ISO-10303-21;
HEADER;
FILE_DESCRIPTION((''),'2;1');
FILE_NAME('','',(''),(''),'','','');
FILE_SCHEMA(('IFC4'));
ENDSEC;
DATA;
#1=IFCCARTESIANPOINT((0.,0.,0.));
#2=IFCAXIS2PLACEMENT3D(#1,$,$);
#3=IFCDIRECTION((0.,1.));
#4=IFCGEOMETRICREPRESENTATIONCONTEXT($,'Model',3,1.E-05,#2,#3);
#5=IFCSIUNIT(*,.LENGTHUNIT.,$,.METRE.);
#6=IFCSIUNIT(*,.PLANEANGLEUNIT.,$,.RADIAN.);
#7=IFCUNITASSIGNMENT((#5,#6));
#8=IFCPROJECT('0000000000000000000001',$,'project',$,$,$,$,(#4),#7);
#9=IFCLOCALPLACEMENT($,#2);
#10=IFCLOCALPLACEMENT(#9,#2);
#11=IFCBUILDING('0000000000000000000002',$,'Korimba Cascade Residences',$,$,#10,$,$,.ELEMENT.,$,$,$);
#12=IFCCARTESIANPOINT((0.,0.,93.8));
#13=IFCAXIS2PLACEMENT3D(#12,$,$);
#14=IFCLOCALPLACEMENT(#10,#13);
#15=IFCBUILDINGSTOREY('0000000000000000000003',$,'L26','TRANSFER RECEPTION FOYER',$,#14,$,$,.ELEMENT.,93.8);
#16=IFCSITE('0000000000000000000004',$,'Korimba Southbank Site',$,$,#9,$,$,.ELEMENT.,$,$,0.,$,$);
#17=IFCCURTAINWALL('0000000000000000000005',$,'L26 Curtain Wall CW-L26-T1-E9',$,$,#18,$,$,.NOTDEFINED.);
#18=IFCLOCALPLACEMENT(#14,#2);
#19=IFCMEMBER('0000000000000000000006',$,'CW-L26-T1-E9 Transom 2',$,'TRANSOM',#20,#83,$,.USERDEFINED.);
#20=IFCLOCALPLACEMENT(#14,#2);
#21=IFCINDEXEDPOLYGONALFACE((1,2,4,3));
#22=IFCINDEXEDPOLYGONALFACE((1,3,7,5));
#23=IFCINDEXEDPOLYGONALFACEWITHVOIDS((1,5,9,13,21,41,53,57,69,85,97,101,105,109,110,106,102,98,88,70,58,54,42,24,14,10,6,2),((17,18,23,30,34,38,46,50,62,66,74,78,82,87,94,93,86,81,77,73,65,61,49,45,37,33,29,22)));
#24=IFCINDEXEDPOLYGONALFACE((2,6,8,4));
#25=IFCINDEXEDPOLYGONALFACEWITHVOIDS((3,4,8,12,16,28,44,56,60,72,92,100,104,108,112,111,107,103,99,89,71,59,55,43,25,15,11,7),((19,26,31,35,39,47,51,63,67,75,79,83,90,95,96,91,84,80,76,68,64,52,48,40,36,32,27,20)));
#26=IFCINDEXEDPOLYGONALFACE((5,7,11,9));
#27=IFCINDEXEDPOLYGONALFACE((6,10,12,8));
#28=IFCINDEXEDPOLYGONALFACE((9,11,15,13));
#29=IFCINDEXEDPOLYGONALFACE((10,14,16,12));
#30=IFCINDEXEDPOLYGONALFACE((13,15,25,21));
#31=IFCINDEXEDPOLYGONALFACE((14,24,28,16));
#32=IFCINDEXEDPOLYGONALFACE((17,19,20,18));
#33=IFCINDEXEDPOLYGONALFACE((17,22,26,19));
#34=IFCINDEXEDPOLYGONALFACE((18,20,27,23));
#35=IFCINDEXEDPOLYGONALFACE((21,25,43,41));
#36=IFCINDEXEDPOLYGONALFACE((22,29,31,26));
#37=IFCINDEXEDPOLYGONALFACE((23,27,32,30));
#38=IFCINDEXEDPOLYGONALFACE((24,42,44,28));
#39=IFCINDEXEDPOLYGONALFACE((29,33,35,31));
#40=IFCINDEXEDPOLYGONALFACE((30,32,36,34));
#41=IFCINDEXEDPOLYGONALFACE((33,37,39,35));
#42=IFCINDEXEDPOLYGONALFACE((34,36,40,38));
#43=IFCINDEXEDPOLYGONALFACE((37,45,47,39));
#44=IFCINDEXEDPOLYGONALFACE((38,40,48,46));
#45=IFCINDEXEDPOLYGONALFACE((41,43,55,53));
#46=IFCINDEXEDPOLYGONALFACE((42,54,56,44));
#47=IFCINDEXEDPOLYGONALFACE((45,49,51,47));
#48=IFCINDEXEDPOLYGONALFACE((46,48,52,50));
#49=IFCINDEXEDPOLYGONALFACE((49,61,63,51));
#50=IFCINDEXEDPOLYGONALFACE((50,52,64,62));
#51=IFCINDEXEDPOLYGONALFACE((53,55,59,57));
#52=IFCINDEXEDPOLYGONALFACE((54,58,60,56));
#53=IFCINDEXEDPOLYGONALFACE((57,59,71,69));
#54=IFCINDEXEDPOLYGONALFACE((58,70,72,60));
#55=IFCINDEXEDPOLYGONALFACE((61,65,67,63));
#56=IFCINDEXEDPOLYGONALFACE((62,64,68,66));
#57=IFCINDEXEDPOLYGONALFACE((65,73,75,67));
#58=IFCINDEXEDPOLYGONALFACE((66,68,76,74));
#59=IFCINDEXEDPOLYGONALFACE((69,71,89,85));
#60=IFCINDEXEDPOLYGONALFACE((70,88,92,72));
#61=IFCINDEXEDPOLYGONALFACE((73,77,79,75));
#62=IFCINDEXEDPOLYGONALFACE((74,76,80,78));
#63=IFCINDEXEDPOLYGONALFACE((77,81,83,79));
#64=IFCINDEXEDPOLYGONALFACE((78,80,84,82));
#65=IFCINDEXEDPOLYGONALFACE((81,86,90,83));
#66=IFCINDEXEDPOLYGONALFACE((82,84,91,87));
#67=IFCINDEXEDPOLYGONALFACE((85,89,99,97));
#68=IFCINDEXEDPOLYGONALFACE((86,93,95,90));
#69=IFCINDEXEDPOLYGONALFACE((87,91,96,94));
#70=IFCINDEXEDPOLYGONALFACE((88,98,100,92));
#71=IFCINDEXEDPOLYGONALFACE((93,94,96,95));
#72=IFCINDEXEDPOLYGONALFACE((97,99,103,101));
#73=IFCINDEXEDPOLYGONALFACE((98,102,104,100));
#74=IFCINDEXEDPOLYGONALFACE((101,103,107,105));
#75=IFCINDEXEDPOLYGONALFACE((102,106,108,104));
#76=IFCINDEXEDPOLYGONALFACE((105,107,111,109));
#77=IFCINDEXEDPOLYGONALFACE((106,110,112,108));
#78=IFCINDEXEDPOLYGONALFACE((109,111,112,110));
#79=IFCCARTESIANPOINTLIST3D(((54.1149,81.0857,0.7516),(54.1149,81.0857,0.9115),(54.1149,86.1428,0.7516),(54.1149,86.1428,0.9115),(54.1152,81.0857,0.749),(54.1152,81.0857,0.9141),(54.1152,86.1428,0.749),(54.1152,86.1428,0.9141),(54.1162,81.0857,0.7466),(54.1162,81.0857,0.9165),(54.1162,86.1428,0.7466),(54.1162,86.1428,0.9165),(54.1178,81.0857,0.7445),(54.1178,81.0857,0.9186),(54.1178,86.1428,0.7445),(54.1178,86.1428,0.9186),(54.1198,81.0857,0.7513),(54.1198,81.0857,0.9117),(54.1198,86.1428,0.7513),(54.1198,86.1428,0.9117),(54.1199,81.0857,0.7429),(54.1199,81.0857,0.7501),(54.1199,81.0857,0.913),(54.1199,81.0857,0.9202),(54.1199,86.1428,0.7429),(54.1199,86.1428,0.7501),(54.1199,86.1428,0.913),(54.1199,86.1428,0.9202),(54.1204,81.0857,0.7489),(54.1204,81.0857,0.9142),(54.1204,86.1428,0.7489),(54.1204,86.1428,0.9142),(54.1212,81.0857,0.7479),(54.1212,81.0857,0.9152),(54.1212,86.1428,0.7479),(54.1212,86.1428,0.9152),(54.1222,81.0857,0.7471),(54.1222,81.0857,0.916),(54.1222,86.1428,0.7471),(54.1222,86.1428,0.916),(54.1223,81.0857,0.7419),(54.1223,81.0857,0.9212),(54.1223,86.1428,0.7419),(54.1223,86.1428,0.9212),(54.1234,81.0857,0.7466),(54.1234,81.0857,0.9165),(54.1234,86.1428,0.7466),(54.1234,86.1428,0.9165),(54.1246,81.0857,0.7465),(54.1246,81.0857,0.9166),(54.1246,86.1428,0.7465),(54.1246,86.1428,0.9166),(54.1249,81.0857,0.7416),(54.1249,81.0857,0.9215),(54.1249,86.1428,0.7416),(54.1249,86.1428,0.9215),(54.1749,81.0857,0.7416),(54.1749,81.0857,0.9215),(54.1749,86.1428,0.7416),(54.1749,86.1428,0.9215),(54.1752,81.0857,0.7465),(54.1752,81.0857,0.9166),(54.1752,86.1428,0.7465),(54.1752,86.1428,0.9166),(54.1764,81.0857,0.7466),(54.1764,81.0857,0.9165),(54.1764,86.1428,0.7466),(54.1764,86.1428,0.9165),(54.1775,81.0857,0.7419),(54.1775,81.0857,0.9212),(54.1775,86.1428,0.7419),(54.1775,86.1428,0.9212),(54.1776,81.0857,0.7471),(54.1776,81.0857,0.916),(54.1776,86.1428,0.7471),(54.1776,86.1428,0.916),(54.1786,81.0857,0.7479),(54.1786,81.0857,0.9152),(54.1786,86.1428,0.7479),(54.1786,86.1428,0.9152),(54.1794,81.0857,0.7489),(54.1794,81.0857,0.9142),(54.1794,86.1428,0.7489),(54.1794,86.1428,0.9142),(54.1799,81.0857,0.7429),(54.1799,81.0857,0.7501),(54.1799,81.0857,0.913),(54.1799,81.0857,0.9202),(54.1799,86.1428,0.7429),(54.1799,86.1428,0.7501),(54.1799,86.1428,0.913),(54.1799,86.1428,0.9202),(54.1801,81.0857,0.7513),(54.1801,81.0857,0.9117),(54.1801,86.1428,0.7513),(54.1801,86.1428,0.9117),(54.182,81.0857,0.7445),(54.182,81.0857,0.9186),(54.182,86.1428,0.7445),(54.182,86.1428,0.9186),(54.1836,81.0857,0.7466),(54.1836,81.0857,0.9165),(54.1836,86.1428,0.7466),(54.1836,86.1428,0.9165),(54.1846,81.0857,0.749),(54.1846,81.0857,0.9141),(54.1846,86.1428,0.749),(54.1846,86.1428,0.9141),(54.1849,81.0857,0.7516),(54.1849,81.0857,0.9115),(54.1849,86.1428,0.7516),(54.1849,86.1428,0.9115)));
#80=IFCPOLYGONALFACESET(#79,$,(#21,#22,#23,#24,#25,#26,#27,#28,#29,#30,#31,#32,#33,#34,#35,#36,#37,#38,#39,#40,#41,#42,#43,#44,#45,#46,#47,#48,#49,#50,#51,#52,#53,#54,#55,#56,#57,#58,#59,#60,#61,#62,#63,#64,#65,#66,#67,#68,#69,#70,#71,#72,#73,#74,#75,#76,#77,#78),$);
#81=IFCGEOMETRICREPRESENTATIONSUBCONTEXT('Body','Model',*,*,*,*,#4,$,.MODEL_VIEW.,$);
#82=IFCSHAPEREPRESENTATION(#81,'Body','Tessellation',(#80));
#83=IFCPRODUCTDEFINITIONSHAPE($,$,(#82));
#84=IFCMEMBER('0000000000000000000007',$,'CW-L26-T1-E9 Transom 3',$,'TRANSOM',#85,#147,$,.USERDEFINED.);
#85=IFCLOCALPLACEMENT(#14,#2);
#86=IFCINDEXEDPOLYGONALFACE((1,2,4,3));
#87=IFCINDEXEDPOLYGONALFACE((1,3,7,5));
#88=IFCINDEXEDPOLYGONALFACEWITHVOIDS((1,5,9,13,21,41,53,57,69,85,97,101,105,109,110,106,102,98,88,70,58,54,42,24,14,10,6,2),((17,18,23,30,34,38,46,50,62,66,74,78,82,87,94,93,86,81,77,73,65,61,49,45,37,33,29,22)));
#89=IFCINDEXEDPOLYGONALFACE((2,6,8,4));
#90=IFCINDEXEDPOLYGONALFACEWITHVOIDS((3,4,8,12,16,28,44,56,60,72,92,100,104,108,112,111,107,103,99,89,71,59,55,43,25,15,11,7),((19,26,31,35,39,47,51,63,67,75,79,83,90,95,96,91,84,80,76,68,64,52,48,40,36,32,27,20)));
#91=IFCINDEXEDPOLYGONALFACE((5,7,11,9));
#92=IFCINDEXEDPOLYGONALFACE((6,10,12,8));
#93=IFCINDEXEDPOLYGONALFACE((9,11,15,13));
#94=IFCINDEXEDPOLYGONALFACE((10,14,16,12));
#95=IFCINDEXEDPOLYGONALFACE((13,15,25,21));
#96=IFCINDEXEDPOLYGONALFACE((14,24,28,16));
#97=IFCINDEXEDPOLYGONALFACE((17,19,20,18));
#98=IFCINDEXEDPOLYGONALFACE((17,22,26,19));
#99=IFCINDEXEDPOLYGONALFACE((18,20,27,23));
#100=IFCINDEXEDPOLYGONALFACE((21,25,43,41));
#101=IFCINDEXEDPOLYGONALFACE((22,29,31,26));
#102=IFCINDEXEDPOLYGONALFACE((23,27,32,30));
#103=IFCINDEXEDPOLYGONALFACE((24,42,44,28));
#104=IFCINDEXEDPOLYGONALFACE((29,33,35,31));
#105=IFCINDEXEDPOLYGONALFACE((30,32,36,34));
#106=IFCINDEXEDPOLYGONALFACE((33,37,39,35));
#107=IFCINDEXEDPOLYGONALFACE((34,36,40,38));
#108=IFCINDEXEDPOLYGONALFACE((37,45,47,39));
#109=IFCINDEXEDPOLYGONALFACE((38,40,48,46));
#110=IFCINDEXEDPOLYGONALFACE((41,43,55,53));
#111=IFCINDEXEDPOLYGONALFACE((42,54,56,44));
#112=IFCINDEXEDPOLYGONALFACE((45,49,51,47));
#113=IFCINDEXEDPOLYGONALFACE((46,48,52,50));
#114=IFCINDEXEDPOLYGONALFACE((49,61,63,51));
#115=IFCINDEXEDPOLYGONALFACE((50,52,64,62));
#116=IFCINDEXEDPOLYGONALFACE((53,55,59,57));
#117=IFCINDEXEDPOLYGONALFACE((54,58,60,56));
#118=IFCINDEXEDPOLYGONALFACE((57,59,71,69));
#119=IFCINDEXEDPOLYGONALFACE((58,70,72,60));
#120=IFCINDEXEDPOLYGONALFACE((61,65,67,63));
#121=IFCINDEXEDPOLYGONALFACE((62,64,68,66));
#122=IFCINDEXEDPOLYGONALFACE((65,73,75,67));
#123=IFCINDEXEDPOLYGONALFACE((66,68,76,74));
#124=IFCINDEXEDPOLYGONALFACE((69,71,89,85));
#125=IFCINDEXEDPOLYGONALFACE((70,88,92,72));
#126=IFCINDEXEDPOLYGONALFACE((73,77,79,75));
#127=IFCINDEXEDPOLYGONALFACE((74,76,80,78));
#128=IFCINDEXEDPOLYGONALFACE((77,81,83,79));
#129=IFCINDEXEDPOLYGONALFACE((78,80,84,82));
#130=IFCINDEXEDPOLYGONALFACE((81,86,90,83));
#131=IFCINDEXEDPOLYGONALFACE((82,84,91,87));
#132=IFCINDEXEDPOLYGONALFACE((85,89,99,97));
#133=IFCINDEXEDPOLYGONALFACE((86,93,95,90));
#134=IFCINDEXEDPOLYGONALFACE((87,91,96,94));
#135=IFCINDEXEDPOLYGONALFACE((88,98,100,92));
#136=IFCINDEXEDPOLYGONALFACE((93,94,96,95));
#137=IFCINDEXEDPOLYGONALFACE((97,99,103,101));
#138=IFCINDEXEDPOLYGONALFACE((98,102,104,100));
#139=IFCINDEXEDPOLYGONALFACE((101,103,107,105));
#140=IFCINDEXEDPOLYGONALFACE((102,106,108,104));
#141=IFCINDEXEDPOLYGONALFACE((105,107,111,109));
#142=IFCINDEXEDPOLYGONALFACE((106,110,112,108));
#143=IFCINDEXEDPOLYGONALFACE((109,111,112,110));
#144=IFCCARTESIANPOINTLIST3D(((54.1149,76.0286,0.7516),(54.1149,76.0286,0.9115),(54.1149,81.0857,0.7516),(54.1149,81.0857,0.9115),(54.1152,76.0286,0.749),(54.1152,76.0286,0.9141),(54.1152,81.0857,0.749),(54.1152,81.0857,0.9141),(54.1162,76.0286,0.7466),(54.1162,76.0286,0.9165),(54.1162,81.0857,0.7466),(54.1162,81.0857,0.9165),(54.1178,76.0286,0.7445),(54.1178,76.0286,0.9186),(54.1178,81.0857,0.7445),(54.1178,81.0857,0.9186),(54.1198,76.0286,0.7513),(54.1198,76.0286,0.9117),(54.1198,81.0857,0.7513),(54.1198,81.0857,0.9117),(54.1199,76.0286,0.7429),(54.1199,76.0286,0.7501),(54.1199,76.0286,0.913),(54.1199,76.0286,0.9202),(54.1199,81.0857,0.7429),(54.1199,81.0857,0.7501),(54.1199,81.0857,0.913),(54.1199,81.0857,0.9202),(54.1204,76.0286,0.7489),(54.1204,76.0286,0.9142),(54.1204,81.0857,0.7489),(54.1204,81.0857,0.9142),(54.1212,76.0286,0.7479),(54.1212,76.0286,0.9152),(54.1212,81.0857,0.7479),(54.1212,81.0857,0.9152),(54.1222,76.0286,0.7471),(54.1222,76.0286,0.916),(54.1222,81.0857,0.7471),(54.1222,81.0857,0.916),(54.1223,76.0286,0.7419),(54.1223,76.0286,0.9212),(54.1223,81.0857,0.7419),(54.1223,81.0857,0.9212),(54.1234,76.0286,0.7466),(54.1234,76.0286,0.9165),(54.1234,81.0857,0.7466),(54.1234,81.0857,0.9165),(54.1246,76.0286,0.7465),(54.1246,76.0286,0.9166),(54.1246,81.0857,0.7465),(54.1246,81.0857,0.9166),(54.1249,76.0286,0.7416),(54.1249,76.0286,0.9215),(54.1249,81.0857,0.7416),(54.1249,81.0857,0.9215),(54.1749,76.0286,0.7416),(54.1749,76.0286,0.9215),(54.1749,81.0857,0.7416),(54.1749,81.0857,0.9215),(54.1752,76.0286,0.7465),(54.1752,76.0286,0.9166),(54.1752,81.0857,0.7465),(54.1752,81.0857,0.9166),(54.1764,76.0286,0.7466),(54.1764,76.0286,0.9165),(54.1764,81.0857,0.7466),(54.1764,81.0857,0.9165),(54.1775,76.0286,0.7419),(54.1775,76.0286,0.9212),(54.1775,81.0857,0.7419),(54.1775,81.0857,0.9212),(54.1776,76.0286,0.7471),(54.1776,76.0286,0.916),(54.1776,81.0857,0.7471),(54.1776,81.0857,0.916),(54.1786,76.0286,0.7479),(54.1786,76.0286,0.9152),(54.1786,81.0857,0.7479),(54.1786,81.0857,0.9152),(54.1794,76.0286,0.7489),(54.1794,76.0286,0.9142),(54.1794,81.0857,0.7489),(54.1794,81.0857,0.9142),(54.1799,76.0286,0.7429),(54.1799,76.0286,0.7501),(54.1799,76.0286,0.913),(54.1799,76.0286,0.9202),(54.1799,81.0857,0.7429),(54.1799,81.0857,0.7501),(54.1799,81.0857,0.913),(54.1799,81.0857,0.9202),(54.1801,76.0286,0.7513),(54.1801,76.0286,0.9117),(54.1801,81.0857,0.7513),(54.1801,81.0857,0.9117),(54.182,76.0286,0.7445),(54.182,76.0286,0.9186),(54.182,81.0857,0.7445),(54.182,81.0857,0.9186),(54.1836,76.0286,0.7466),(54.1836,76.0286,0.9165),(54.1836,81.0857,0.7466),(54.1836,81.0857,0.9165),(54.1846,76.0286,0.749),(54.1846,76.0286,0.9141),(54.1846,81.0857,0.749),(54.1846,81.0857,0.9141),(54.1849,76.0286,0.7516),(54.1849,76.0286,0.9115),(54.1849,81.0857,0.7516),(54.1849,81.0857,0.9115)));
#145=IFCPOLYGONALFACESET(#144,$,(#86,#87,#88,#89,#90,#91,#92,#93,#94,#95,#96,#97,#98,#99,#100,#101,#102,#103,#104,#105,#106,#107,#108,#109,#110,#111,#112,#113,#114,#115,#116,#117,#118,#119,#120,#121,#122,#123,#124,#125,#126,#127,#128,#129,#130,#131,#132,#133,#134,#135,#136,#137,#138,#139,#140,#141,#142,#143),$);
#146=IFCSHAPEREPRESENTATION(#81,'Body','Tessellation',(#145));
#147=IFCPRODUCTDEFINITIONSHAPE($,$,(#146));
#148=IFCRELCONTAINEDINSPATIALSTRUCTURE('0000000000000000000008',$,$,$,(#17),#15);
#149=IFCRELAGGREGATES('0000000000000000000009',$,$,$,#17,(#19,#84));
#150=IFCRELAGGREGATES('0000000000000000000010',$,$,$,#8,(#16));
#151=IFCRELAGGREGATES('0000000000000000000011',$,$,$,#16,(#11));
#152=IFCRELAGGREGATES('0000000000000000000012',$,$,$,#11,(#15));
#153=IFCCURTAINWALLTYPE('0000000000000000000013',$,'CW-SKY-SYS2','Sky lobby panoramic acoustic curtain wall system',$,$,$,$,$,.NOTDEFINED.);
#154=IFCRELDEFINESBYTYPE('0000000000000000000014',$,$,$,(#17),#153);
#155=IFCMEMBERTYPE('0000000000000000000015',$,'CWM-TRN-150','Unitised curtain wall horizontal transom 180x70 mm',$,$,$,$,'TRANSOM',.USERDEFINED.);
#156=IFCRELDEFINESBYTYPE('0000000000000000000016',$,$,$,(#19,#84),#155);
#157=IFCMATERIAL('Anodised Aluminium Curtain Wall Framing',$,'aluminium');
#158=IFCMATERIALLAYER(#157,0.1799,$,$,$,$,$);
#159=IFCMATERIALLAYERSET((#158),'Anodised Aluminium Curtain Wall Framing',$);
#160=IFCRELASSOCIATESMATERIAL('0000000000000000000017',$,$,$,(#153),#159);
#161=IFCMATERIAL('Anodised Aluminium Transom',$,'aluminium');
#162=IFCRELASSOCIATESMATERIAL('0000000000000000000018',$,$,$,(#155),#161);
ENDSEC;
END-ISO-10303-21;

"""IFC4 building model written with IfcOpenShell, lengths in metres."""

from ifc_helpers import new_model, si_unit, direction, frame, origin, origin_2d, place, context, subcontext, project, spatial, hollow_rectangle, extrude, material, layer, layer_set, material_profile, profile_set, type_object, element, aggregate, save


model = new_model("IFC4")

# Units and contexts
model_context = context("Model", 3, precision=1e-05, world=origin(), true_north=direction((0.0, 1.0)))
body_context = subcontext(model_context, "Body", "Model", "MODEL_VIEW")
ifc_project = project(units=[si_unit("LENGTHUNIT", "METRE"), si_unit("PLANEANGLEUNIT", "RADIAN")], contexts=[model_context])

# Site, building, storey
site_placement = place(None, origin())
site = spatial("IfcSite", under=ifc_project, at=site_placement, Name="Korimba Southbank Site", CompositionType="ELEMENT", RefElevation=0.0)
building_placement = place(site_placement, origin())
building = spatial("IfcBuilding", under=site, at=building_placement, Name="Korimba Cascade Residences", CompositionType="ELEMENT")
storey_placement = place(building_placement, frame((0.0, 0.0, 93.8)))
storey = spatial("IfcBuildingStorey", under=building, at=storey_placement, Name="L26", Description="TRANSFER RECEPTION FOYER", CompositionType="ELEMENT", Elevation=93.8)

# Curtain wall, members
ifc_material_1 = material(Name="Anodised Aluminium Curtain Wall Framing", Category="aluminium")
ifc_layer_1 = layer(ifc_material_1, 0.1799)
ifc_layer_set_1 = layer_set([ifc_layer_1], Name="Anodised Aluminium Curtain Wall Framing")
curtain_wall_type = type_object("IfcCurtainWallType", Name="CW-SKY-SYS2", Description="Sky lobby panoramic acoustic curtain wall system", PredefinedType="NOTDEFINED", material=ifc_layer_set_1)
curtain_wall_placement = place(storey_placement, origin())
curtain_wall = element("IfcCurtainWall", 1, at=curtain_wall_placement, inside=storey, type_object=curtain_wall_type, Name="L26 Curtain Wall CW-L26-T1-E9", PredefinedType="NOTDEFINED")
ifc_material_2 = material(Name="Anodised Aluminium Transom", Category="aluminium")
ifc_material_profile_1 = material_profile(ifc_material_2, hollow_rectangle(XDim=0.0701, YDim=0.1799, WallThickness=0.0049, InnerFilletRadius=0.0049, OuterFilletRadius=0.01, at=origin_2d()), Name="Anodised Aluminium Transom")
ifc_profile_set_1 = profile_set([ifc_material_profile_1], Name="Anodised Aluminium Transom")
member_type_1 = type_object("IfcMemberType", Name="CWM-TRN-150", Description="Unitised curtain wall horizontal transom 180x70 mm", ElementType="TRANSOM", PredefinedType="USERDEFINED", material=ifc_profile_set_1)
member_1_placement = place(storey_placement, frame((54.1499, 86.1428, 0.8315), z_axis=(0.0, -1.0, 0.0), x_axis=(1.0, 0.0, 0.0)))
member_1 = element("IfcMember", 2, at=member_1_placement, type_object=member_type_1, Name="CW-L26-T1-E9 Transom 2", ObjectType="TRANSOM", PredefinedType="USERDEFINED", context=body_context, shape_type="SweptSolid", body=[
    extrude(hollow_rectangle(XDim=0.0701, YDim=0.1799, WallThickness=0.0049, InnerFilletRadius=0.0049, OuterFilletRadius=0.01, at=origin_2d()), origin(), (0.0, 0.0, 1.0), 5.0571),
])
member_2_placement = place(storey_placement, frame((54.1499, 81.0857, 0.8315), z_axis=(0.0, -1.0, 0.0), x_axis=(1.0, 0.0, 0.0)))
member_2 = element("IfcMember", 3, at=member_2_placement, type_object=member_type_1, Name="CW-L26-T1-E9 Transom 3", ObjectType="TRANSOM", PredefinedType="USERDEFINED", context=body_context, shape_type="SweptSolid", body=[
    extrude(hollow_rectangle(XDim=0.0701, YDim=0.1799, WallThickness=0.0049, InnerFilletRadius=0.0049, OuterFilletRadius=0.01, at=origin_2d()), origin(), (0.0, 0.0, 1.0), 5.0571),
])
aggregate(curtain_wall, [member_1, member_2])

save(model, "model.ifc")
